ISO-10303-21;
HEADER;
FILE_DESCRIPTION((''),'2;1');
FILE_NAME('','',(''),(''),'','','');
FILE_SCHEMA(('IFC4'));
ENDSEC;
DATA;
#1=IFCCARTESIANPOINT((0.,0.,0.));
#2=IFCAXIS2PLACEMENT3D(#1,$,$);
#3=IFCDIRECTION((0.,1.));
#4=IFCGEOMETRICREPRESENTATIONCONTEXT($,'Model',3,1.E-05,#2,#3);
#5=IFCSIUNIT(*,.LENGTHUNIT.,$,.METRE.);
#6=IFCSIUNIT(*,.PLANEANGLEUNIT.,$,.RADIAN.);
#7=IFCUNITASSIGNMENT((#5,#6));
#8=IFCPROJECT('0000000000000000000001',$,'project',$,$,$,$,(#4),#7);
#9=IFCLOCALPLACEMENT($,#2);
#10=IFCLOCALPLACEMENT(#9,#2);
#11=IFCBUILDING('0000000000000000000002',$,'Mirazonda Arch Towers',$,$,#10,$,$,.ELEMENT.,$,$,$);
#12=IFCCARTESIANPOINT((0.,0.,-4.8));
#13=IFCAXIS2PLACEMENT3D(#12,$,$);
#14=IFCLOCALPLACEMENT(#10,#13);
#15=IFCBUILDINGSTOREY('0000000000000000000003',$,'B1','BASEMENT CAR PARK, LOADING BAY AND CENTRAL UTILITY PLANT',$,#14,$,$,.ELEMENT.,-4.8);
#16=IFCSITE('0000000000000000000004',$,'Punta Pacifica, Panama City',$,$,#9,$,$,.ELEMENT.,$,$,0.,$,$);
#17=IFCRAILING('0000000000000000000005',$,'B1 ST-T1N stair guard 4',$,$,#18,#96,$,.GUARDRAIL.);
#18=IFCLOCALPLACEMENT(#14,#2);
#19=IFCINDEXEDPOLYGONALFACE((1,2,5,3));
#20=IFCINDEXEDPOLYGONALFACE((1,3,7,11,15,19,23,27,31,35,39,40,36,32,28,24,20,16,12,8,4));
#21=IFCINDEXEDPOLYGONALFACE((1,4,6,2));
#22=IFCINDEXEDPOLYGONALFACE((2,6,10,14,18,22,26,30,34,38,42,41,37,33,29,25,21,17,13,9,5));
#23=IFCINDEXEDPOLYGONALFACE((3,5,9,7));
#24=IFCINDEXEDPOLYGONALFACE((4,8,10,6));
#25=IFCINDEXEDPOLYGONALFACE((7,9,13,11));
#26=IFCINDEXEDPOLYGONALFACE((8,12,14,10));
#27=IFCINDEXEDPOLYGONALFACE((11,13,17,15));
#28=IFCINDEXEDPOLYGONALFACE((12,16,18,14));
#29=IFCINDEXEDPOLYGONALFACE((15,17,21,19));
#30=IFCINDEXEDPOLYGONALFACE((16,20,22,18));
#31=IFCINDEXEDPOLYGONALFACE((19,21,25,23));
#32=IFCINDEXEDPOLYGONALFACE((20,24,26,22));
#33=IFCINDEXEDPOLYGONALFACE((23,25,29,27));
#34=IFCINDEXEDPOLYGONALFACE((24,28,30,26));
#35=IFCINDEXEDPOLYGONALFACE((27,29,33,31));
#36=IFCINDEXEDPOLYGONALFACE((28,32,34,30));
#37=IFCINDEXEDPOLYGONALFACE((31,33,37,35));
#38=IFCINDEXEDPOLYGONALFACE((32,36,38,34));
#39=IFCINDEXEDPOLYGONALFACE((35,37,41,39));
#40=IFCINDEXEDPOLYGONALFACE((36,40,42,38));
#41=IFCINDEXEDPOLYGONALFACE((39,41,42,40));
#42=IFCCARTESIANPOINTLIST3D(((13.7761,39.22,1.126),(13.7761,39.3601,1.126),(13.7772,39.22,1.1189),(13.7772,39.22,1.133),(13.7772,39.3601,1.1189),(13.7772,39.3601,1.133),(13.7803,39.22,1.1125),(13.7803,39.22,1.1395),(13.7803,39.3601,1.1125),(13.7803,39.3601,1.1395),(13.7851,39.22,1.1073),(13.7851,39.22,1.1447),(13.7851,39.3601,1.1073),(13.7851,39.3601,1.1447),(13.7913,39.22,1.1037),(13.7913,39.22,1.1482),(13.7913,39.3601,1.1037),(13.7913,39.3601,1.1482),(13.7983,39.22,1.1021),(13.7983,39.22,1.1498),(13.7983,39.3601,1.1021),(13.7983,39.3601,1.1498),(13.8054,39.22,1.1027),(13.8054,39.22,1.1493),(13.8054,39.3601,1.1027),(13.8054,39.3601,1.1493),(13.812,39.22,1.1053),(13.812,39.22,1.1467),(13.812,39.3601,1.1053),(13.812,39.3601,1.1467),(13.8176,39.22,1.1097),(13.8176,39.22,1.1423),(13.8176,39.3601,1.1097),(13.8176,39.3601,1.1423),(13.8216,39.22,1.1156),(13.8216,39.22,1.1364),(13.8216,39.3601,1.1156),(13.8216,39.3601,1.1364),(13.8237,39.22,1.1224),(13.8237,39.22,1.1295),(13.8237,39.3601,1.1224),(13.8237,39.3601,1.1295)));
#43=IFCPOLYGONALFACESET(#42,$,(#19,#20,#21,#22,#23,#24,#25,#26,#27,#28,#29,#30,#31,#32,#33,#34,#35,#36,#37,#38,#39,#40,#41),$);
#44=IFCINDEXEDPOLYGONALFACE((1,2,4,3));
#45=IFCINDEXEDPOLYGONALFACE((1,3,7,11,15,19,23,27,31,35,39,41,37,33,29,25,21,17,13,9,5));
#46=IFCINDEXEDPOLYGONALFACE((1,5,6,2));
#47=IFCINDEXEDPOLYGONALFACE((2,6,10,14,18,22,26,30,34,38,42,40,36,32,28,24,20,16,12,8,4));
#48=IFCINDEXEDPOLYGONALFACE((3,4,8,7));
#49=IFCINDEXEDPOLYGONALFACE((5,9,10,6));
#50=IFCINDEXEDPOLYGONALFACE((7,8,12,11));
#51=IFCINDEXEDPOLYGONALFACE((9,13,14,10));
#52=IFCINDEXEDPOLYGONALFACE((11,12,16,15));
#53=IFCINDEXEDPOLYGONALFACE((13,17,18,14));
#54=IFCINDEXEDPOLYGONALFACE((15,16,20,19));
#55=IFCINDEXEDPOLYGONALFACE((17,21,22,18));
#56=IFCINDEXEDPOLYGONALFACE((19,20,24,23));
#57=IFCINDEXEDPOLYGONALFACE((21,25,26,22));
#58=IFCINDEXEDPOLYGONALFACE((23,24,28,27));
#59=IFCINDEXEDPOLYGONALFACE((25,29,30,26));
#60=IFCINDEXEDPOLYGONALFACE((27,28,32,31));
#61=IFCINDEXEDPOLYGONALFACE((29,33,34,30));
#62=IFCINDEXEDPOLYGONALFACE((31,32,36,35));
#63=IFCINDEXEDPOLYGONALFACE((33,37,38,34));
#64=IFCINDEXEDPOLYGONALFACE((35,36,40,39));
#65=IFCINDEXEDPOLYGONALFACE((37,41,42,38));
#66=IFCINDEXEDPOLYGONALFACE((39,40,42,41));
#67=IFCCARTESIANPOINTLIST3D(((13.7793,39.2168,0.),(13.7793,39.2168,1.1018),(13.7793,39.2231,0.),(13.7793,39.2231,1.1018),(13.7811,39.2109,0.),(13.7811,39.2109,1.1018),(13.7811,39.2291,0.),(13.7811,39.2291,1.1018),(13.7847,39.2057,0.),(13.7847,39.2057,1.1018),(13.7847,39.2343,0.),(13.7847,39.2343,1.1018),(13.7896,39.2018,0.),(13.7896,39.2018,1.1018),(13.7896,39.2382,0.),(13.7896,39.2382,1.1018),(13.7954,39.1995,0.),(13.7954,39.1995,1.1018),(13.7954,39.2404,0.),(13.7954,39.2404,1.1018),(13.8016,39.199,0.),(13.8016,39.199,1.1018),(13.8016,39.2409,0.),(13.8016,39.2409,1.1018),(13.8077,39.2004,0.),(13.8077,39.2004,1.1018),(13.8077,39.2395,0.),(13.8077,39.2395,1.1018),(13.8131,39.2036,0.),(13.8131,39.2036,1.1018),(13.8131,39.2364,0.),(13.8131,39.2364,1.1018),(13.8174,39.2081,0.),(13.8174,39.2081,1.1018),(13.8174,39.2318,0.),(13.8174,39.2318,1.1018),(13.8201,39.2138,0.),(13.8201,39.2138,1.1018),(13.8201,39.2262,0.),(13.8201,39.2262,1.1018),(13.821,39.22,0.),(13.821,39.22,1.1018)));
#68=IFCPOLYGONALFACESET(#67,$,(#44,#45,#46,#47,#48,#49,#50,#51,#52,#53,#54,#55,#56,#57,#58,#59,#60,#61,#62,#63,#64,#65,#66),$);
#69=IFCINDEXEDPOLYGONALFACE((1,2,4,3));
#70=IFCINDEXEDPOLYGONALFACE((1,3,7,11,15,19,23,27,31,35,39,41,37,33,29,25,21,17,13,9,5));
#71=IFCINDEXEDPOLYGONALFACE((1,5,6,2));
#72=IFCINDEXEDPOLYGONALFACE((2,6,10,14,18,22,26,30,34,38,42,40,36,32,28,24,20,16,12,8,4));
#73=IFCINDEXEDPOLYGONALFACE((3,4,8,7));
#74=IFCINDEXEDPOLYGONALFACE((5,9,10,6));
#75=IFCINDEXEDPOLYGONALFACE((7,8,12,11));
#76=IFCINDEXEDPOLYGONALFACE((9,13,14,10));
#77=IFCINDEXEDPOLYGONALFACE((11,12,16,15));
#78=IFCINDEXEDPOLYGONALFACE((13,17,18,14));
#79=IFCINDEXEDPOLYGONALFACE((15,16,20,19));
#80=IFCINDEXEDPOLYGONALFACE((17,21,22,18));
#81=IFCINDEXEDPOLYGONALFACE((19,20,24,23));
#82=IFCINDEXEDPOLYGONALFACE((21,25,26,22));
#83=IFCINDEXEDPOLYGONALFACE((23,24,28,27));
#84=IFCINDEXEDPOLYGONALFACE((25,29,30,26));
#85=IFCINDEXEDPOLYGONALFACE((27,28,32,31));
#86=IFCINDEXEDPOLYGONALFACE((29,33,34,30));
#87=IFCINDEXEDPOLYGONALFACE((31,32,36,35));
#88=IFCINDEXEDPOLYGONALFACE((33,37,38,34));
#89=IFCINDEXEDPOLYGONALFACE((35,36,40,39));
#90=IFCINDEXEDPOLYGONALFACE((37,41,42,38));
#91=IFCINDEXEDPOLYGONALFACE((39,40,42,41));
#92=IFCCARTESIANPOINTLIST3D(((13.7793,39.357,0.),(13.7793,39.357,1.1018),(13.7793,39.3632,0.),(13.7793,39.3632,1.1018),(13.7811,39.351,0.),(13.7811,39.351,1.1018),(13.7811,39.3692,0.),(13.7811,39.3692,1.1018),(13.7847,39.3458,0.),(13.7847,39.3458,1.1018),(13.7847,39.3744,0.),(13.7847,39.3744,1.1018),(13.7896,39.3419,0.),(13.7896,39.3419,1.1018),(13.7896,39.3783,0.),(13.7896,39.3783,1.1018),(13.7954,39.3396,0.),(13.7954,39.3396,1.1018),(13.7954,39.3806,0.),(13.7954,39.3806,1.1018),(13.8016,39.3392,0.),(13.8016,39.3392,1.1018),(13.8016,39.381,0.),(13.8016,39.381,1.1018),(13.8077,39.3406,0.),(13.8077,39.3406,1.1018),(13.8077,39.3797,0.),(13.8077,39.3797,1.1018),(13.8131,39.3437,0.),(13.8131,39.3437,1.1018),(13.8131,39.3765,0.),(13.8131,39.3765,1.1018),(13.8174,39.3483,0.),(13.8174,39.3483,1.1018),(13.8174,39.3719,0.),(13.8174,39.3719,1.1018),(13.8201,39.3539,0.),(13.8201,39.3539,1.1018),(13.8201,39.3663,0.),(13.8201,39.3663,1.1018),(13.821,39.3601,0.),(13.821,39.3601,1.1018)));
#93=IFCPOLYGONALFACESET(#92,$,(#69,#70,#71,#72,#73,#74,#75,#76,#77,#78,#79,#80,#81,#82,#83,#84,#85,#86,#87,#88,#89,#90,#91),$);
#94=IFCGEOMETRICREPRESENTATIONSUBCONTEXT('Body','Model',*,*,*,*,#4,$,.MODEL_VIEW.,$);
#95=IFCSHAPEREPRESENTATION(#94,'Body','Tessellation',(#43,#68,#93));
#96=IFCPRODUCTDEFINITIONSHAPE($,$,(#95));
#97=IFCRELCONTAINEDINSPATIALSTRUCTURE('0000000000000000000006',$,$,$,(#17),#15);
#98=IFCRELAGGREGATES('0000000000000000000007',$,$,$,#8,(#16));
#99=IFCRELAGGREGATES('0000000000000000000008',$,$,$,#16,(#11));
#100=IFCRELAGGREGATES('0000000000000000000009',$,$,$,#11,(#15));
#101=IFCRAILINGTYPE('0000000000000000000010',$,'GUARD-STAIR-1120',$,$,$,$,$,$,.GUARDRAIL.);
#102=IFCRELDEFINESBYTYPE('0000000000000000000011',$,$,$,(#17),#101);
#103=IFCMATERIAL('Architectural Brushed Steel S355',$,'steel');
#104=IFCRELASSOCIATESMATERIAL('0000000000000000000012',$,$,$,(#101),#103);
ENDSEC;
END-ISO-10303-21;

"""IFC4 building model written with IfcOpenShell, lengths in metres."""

from ifc_helpers import new_model, si_unit, direction, frame, origin, origin_2d, place, context, subcontext, project, spatial, circle, extrude, material, type_object, element, save


model = new_model("IFC4")

# Units and contexts
model_context = context("Model", 3, precision=1e-05, world=origin(), true_north=direction((0.0, 1.0)))
body_context = subcontext(model_context, "Body", "Model", "MODEL_VIEW")
ifc_project = project(units=[si_unit("LENGTHUNIT", "METRE"), si_unit("PLANEANGLEUNIT", "RADIAN")], contexts=[model_context])

# Site, building, storey
site_placement = place(None, origin())
site = spatial("IfcSite", under=ifc_project, at=site_placement, Name="Punta Pacifica, Panama City", CompositionType="ELEMENT", RefElevation=0.0)
building_placement = place(site_placement, origin())
building = spatial("IfcBuilding", under=site, at=building_placement, Name="Mirazonda Arch Towers", CompositionType="ELEMENT")
storey_placement = place(building_placement, frame((0.0, 0.0, -4.8)))
storey = spatial("IfcBuildingStorey", under=building, at=storey_placement, Name="B1", Description="BASEMENT CAR PARK, LOADING BAY AND CENTRAL UTILITY PLANT", CompositionType="ELEMENT", Elevation=-4.8)

# Railing
ifc_material_1 = material(Name="Architectural Brushed Steel S355", Category="steel")
railing_type_1 = type_object("IfcRailingType", Name="GUARD-STAIR-1120", PredefinedType="GUARDRAIL", material=ifc_material_1)
railing_1_placement = place(storey_placement, frame((13.8, 39.22, 0.0)))
element("IfcRailing", 1, at=railing_1_placement, inside=storey, type_object=railing_type_1, Name="B1 ST-T1N stair guard 4", PredefinedType="GUARDRAIL", context=body_context, shape_type="SweptSolid", body=[
    extrude(circle(Radius=0.0239, at=origin_2d()), frame((0.0, 0.0, 1.126), z_axis=(0.0, 1.0, 0.0), x_axis=(-1.0, 0.0, 0.0)), (0.0, 0.0, 1.0), 0.1401),
    extrude(circle(Radius=0.021, at=origin_2d()), origin(), (0.0, 0.0, 1.0), 1.1018),
    extrude(circle(Radius=0.021, at=origin_2d()), frame((0.0, 0.1401, 0.0)), (0.0, 0.0, 1.0), 1.1018),
])

save(model, "model.ifc")
